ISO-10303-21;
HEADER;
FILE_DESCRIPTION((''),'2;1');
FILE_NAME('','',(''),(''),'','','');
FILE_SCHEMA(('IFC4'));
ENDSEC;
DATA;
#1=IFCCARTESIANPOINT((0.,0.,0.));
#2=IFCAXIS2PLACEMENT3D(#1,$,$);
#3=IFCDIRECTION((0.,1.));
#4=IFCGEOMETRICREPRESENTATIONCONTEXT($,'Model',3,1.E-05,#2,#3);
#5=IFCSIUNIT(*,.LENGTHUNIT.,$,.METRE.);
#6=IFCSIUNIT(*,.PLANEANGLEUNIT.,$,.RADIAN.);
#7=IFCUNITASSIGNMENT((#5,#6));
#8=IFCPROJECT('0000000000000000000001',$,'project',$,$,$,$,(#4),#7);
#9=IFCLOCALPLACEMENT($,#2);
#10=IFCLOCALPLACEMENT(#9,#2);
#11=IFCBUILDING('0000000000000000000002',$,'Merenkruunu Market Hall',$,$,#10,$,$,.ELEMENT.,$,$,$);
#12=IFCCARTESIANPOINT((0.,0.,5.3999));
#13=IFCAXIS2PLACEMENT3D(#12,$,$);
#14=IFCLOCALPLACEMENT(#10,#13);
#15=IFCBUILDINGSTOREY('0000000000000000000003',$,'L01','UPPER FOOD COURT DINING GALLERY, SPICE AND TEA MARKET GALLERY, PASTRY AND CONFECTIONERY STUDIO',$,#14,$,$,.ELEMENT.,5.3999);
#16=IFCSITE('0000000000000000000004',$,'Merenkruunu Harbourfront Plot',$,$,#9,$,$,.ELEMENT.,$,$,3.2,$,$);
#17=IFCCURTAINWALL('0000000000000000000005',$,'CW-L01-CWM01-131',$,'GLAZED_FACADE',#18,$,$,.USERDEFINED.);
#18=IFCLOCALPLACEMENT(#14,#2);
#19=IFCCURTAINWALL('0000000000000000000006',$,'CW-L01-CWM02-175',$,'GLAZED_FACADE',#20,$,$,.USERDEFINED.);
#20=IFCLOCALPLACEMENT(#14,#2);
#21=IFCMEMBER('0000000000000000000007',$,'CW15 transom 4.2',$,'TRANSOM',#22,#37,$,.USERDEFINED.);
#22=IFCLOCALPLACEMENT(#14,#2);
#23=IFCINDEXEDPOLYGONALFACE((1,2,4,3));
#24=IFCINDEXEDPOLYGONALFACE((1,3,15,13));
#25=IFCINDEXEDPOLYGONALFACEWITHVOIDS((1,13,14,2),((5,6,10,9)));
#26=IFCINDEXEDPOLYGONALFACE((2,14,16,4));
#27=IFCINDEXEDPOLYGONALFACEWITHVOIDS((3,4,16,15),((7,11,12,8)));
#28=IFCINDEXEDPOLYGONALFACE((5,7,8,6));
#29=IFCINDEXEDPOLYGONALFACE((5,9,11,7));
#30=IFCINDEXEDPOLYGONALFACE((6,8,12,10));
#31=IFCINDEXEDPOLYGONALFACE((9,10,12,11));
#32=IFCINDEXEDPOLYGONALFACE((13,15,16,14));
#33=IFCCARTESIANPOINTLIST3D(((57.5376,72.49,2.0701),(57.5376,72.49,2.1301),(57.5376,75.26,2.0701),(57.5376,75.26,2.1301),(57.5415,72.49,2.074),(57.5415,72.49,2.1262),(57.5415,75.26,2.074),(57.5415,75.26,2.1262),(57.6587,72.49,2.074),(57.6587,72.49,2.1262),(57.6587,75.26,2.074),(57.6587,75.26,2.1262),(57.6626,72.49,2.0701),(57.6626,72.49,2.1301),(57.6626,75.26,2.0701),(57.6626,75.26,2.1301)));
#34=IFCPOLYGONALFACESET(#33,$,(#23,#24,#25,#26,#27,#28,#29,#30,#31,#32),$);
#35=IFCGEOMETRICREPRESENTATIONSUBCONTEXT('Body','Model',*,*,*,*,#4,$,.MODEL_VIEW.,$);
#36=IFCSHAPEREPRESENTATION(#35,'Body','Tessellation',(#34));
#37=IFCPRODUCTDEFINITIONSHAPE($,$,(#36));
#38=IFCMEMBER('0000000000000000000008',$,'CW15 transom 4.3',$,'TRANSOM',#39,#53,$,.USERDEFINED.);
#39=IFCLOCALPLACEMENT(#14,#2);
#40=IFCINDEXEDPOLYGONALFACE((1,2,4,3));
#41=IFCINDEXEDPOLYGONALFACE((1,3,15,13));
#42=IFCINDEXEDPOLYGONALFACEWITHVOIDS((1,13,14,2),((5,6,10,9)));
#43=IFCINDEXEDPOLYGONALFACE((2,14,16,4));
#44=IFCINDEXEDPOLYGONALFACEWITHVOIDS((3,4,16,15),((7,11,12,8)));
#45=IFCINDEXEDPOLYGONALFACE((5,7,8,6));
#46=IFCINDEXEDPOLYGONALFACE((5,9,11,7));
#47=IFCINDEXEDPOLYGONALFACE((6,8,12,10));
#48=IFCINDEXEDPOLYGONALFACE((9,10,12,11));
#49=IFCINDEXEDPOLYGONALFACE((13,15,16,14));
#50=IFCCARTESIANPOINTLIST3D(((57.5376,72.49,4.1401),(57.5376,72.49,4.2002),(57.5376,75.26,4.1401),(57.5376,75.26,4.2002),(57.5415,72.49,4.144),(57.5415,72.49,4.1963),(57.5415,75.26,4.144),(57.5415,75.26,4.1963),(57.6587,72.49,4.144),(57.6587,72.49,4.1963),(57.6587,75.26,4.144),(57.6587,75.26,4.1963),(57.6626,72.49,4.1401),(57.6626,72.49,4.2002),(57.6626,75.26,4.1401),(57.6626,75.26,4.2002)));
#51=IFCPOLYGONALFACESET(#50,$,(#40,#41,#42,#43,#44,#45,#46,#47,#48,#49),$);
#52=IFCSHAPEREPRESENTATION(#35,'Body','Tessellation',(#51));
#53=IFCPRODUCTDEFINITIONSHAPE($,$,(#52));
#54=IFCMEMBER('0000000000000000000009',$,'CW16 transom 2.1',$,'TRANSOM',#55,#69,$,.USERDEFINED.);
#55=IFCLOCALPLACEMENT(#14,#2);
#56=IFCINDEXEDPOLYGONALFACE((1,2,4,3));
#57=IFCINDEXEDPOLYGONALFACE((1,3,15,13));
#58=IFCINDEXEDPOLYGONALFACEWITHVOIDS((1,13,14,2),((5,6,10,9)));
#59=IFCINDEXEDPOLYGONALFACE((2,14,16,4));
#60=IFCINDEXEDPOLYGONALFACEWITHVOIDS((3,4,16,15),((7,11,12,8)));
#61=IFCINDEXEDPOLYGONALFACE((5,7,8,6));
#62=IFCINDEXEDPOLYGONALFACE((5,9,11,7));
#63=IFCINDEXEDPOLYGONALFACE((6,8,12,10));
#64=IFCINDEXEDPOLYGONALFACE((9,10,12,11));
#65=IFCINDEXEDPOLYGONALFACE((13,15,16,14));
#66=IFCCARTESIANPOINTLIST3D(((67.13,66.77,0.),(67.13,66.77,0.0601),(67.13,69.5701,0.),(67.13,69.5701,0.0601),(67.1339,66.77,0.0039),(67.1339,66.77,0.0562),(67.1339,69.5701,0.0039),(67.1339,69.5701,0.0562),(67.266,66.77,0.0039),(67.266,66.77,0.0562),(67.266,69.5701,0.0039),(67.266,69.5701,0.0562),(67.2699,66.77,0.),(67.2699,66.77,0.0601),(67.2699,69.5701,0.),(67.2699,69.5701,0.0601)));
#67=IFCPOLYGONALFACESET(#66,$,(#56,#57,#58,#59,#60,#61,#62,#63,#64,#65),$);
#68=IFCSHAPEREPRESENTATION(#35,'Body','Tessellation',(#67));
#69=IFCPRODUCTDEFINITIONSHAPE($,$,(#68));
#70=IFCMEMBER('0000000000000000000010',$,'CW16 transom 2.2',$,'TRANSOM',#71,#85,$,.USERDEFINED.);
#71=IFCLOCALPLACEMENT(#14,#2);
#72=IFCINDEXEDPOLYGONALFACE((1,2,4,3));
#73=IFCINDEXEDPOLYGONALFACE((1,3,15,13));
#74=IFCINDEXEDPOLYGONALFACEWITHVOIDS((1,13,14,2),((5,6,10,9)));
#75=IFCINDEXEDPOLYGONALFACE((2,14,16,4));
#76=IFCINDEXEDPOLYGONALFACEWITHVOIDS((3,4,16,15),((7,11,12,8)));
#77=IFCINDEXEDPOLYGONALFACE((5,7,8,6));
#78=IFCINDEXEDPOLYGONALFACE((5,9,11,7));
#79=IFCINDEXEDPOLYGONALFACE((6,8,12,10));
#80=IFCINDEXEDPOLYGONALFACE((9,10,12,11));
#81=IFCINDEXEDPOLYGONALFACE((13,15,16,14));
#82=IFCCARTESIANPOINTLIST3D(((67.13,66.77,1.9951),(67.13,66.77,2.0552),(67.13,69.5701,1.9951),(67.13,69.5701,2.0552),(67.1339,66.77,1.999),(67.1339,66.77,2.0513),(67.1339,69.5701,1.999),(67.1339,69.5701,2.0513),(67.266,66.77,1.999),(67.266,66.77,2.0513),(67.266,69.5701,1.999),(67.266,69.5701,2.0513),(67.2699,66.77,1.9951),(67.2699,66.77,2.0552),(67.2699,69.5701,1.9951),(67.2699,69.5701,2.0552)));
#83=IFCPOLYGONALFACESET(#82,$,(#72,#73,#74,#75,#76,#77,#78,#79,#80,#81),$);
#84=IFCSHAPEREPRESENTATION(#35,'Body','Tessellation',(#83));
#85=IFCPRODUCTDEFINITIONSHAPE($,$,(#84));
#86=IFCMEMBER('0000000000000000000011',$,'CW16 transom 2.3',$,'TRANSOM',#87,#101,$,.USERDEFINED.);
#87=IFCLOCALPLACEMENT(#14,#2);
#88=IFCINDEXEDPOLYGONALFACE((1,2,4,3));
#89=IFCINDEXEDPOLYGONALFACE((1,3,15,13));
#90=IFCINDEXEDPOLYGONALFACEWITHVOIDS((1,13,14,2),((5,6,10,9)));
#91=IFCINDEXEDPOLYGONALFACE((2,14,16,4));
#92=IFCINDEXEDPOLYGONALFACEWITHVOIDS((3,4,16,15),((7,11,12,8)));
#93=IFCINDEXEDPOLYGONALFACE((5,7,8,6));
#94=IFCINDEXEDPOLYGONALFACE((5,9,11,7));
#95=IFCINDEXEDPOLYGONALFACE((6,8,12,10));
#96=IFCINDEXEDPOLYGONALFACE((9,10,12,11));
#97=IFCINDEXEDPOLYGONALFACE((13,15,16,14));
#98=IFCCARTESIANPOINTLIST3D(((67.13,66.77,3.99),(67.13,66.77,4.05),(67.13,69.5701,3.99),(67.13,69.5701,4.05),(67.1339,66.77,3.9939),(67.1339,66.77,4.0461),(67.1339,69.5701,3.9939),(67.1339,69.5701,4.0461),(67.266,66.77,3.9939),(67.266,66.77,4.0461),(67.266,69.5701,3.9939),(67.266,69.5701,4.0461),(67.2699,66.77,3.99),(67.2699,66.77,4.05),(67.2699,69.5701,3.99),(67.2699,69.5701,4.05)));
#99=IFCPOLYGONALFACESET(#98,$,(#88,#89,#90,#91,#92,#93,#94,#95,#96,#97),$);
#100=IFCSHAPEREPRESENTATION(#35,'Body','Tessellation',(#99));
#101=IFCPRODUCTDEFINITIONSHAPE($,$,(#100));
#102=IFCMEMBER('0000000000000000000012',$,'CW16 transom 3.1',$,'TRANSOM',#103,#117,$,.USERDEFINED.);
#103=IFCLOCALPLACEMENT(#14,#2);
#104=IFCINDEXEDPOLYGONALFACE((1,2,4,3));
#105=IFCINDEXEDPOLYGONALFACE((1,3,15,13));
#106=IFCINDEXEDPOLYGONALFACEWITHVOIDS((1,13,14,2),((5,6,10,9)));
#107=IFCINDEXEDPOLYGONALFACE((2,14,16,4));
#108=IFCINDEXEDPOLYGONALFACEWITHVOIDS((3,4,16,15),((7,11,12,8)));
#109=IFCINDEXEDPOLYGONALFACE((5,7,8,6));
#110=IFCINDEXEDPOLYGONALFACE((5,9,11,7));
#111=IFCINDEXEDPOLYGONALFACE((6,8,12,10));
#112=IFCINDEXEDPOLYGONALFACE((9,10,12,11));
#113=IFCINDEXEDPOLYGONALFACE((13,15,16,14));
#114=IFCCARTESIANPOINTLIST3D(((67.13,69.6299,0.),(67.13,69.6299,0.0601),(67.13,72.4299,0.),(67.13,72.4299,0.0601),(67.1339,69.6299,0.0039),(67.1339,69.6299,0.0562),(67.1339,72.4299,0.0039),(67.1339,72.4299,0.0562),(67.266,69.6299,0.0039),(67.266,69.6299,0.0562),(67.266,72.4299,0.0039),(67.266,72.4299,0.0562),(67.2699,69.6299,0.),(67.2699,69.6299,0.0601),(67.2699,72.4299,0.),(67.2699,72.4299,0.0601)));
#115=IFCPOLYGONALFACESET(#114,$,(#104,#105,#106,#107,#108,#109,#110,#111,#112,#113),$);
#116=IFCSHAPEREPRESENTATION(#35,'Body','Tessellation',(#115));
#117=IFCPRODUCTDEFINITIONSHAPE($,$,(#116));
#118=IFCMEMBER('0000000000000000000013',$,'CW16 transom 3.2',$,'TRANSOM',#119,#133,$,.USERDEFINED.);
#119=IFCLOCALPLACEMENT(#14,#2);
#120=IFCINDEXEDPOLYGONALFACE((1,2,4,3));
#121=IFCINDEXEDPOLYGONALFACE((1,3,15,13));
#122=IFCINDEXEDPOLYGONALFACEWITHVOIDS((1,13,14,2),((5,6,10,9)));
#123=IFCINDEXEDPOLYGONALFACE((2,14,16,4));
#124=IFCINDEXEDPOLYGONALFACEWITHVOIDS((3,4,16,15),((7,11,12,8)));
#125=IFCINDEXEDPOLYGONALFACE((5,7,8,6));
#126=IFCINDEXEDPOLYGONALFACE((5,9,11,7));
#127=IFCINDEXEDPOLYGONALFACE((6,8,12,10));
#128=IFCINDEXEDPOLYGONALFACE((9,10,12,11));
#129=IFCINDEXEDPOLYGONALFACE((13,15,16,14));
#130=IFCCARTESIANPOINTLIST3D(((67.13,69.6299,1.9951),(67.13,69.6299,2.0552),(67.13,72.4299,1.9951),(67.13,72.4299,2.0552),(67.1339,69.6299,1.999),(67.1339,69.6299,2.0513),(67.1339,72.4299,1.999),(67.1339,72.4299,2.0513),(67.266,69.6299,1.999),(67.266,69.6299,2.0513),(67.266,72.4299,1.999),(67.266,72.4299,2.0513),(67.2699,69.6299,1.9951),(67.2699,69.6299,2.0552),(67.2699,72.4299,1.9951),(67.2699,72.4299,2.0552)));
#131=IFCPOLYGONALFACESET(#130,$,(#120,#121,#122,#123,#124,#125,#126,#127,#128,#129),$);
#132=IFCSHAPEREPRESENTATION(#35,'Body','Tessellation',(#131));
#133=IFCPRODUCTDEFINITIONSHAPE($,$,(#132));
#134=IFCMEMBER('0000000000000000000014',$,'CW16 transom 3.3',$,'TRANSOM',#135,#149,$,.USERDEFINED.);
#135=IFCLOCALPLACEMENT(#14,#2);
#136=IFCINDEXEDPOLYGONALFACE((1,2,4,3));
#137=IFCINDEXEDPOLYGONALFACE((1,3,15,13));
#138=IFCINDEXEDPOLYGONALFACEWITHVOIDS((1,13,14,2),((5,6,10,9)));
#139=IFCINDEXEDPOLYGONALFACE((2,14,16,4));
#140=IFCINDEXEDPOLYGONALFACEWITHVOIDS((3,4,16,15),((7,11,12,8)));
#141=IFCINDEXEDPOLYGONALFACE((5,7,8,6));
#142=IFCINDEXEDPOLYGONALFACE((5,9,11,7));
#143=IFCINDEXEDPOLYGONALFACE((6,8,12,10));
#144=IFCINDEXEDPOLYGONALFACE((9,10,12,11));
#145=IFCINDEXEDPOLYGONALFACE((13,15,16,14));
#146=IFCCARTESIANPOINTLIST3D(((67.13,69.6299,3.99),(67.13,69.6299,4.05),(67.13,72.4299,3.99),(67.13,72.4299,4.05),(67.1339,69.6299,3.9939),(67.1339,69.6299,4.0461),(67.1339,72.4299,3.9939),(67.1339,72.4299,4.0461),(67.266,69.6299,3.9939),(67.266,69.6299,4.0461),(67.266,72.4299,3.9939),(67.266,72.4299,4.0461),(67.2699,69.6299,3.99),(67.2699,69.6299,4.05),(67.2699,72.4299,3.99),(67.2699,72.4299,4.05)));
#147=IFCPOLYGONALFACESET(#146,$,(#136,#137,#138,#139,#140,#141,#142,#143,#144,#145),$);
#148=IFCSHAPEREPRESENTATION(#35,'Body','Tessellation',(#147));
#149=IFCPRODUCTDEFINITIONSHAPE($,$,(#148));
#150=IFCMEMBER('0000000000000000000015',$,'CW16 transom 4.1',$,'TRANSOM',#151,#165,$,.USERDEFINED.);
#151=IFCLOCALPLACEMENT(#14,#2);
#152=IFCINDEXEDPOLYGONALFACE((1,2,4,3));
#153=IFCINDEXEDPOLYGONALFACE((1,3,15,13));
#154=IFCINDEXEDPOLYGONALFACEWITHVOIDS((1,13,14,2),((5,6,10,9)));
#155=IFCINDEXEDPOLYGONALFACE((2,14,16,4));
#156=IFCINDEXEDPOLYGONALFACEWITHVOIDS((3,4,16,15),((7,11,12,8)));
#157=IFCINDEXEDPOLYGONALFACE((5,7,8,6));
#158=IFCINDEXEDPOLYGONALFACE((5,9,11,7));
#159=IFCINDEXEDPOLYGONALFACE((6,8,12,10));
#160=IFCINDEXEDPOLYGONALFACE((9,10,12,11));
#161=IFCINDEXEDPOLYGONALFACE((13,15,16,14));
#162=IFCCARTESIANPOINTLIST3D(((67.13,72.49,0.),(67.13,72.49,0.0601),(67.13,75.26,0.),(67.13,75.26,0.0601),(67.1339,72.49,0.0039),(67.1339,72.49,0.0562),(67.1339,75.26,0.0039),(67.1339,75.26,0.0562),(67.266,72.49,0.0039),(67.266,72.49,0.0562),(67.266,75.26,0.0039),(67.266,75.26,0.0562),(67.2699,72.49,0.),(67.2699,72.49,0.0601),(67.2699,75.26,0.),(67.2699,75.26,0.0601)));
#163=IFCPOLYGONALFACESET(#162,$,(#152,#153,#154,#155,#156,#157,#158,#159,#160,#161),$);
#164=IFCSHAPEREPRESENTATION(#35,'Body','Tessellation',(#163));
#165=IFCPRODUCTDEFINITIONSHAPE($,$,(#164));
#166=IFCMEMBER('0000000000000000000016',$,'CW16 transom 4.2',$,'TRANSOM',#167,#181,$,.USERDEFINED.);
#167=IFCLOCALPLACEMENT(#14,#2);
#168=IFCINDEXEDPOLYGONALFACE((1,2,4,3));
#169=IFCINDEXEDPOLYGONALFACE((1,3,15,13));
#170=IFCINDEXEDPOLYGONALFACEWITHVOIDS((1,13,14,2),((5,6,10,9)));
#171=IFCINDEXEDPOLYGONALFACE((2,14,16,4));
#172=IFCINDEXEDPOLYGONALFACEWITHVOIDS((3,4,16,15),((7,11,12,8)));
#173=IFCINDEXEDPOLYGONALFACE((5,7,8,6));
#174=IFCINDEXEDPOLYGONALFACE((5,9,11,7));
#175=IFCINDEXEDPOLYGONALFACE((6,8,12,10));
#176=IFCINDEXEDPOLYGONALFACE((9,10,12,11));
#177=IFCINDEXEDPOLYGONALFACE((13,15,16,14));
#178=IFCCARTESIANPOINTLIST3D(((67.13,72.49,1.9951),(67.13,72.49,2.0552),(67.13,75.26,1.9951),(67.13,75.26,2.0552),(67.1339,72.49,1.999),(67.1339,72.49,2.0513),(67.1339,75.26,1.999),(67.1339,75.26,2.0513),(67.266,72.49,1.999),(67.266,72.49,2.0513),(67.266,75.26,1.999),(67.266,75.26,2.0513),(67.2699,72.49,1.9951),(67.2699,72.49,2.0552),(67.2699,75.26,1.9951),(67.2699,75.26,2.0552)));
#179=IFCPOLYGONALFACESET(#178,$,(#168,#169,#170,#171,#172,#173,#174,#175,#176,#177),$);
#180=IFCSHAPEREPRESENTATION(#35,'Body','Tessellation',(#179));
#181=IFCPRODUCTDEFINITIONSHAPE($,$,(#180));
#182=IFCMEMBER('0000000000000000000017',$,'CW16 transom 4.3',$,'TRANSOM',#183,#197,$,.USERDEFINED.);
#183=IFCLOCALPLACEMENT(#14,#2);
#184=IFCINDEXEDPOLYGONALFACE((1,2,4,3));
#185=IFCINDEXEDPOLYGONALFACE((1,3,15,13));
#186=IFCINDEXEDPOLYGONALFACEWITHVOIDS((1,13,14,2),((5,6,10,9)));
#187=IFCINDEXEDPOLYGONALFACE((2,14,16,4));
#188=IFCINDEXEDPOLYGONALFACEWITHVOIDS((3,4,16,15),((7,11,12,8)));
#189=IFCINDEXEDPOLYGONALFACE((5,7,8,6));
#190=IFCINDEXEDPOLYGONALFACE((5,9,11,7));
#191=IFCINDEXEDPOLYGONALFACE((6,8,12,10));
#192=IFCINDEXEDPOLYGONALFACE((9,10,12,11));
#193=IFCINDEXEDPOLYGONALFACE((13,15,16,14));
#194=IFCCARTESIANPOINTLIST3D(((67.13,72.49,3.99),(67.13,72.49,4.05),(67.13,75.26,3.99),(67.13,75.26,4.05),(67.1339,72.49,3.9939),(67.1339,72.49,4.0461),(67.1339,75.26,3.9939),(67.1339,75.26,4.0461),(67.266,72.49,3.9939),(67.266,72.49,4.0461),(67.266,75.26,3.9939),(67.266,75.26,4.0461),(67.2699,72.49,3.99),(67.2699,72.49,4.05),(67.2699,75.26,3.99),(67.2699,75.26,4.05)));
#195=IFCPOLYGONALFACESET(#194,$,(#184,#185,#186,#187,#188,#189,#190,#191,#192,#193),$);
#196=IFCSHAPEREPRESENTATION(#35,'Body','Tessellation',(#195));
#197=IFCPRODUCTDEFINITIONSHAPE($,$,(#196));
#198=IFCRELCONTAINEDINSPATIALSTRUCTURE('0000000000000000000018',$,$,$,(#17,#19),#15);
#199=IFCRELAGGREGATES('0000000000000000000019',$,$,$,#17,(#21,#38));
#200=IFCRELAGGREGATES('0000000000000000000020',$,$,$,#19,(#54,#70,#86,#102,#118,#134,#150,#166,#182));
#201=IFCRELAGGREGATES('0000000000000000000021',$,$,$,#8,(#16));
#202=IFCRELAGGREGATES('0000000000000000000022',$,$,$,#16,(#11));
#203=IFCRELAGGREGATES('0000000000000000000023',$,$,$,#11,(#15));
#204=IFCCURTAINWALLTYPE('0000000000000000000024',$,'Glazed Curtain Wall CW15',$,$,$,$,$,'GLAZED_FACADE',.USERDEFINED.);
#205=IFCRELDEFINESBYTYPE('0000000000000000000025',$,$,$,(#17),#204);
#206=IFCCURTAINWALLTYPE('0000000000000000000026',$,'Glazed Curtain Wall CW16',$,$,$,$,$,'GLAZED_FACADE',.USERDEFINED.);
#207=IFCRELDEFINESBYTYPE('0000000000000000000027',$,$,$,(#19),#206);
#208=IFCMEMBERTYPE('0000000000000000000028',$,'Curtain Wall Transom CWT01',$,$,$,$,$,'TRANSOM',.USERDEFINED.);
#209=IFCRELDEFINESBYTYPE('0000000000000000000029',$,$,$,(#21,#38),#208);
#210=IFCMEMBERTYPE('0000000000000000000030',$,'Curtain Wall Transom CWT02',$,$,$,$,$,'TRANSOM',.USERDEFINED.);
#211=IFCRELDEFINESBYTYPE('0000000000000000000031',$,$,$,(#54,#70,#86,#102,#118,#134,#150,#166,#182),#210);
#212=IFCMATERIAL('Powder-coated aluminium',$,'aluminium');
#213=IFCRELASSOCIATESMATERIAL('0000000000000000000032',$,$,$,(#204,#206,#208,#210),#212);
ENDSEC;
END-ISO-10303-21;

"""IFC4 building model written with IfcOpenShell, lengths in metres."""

from ifc_helpers import new_model, si_unit, direction, frame, origin, origin_2d, place, context, subcontext, project, spatial, hollow_rectangle, extrude, material, material_profile, profile_set, type_object, element, aggregate, save


model = new_model("IFC4")

# Units and contexts
model_context = context("Model", 3, precision=1e-05, world=origin(), true_north=direction((0.0, 1.0)))
body_context = subcontext(model_context, "Body", "Model", "MODEL_VIEW")
ifc_project = project(units=[si_unit("LENGTHUNIT", "METRE"), si_unit("PLANEANGLEUNIT", "RADIAN")], contexts=[model_context])

# Site, building, storey
site_placement = place(None, origin())
site = spatial("IfcSite", under=ifc_project, at=site_placement, Name="Merenkruunu Harbourfront Plot", CompositionType="ELEMENT", RefElevation=3.2)
building_placement = place(site_placement, origin())
building = spatial("IfcBuilding", under=site, at=building_placement, Name="Merenkruunu Market Hall", CompositionType="ELEMENT")
storey_placement = place(building_placement, frame((0.0, 0.0, 5.3999)))
storey = spatial("IfcBuildingStorey", under=building, at=storey_placement, Name="L01", Description="UPPER FOOD COURT DINING GALLERY, SPICE AND TEA MARKET GALLERY, PASTRY AND CONFECTIONERY STUDIO", CompositionType="ELEMENT", Elevation=5.3999)

# Curtain walls
ifc_material_1 = material(Name="Powder-coated aluminium", Category="aluminium")
curtain_wall_type_1 = type_object("IfcCurtainWallType", Name="Glazed Curtain Wall CW15", ElementType="GLAZED_FACADE", PredefinedType="USERDEFINED", material=ifc_material_1)
curtain_wall_1_placement = place(storey_placement, origin())
curtain_wall_1 = element("IfcCurtainWall", 1, at=curtain_wall_1_placement, inside=storey, type_object=curtain_wall_type_1, Name="CW-L01-CWM01-131", ObjectType="GLAZED_FACADE", PredefinedType="USERDEFINED")
curtain_wall_type_2 = type_object("IfcCurtainWallType", Name="Glazed Curtain Wall CW16", ElementType="GLAZED_FACADE", PredefinedType="USERDEFINED", material=ifc_material_1)
curtain_wall_2_placement = place(storey_placement, origin())
curtain_wall_2 = element("IfcCurtainWall", 2, at=curtain_wall_2_placement, inside=storey, type_object=curtain_wall_type_2, Name="CW-L01-CWM02-175", ObjectType="GLAZED_FACADE", PredefinedType="USERDEFINED")

# Members
ifc_material_profile_1 = material_profile(ifc_material_1, hollow_rectangle(XDim=0.0601, YDim=0.125, WallThickness=0.0039, at=origin_2d()), Name="ALU 60x125x4")
ifc_profile_set_1 = profile_set([ifc_material_profile_1], Name="Powder-coated aluminium")
member_type_1 = type_object("IfcMemberType", Name="Curtain Wall Transom CWT01", ElementType="TRANSOM", PredefinedType="USERDEFINED", material=ifc_profile_set_1)
member_1_placement = place(storey_placement, frame((57.6001, 72.49, 2.1001), z_axis=(0.0, 1.0, 0.0), x_axis=(0.0, 0.0, 1.0)))
member_1 = element("IfcMember", 3, at=member_1_placement, type_object=member_type_1, Name="CW15 transom 4.2", ObjectType="TRANSOM", PredefinedType="USERDEFINED", context=body_context, shape_type="SweptSolid", body=[
    extrude(hollow_rectangle(XDim=0.0601, YDim=0.125, WallThickness=0.0039, at=origin_2d()), origin(), (0.0, 0.0, 1.0), 2.77),
])
member_2_placement = place(storey_placement, frame((57.6001, 72.49, 4.1702), z_axis=(0.0, 1.0, 0.0), x_axis=(0.0, 0.0, 1.0)))
member_2 = element("IfcMember", 4, at=member_2_placement, type_object=member_type_1, Name="CW15 transom 4.3", ObjectType="TRANSOM", PredefinedType="USERDEFINED", context=body_context, shape_type="SweptSolid", body=[
    extrude(hollow_rectangle(XDim=0.0601, YDim=0.125, WallThickness=0.0039, at=origin_2d()), origin(), (0.0, 0.0, 1.0), 2.77),
])
ifc_material_profile_2 = material_profile(ifc_material_1, hollow_rectangle(XDim=0.0601, YDim=0.1399, WallThickness=0.0039, at=origin_2d()), Name="ALU 60x140x4")
ifc_profile_set_2 = profile_set([ifc_material_profile_2], Name="Powder-coated aluminium")
member_type_2 = type_object("IfcMemberType", Name="Curtain Wall Transom CWT02", ElementType="TRANSOM", PredefinedType="USERDEFINED", material=ifc_profile_set_2)
member_3_placement = place(storey_placement, frame((67.2, 66.77, 0.03), z_axis=(0.0, 1.0, 0.0), x_axis=(0.0, 0.0, 1.0)))
member_3 = element("IfcMember", 5, at=member_3_placement, type_object=member_type_2, Name="CW16 transom 2.1", ObjectType="TRANSOM", PredefinedType="USERDEFINED", context=body_context, shape_type="SweptSolid", body=[
    extrude(hollow_rectangle(XDim=0.0601, YDim=0.1399, WallThickness=0.0039, at=origin_2d()), origin(), (0.0, 0.0, 1.0), 2.8),
])
member_4_placement = place(storey_placement, frame((67.2, 66.77, 2.0251), z_axis=(0.0, 1.0, 0.0), x_axis=(0.0, 0.0, 1.0)))
member_4 = element("IfcMember", 6, at=member_4_placement, type_object=member_type_2, Name="CW16 transom 2.2", ObjectType="TRANSOM", PredefinedType="USERDEFINED", context=body_context, shape_type="SweptSolid", body=[
    extrude(hollow_rectangle(XDim=0.0601, YDim=0.1399, WallThickness=0.0039, at=origin_2d()), origin(), (0.0, 0.0, 1.0), 2.8),
])
member_5_placement = place(storey_placement, frame((67.2, 66.77, 4.02), z_axis=(0.0, 1.0, 0.0), x_axis=(0.0, 0.0, 1.0)))
member_5 = element("IfcMember", 7, at=member_5_placement, type_object=member_type_2, Name="CW16 transom 2.3", ObjectType="TRANSOM", PredefinedType="USERDEFINED", context=body_context, shape_type="SweptSolid", body=[
    extrude(hollow_rectangle(XDim=0.0601, YDim=0.1399, WallThickness=0.0039, at=origin_2d()), origin(), (0.0, 0.0, 1.0), 2.8),
])
member_6_placement = place(storey_placement, frame((67.2, 69.6299, 0.03), z_axis=(0.0, 1.0, 0.0), x_axis=(0.0, 0.0, 1.0)))
member_6 = element("IfcMember", 8, at=member_6_placement, type_object=member_type_2, Name="CW16 transom 3.1", ObjectType="TRANSOM", PredefinedType="USERDEFINED", context=body_context, shape_type="SweptSolid", body=[
    extrude(hollow_rectangle(XDim=0.0601, YDim=0.1399, WallThickness=0.0039, at=origin_2d()), origin(), (0.0, 0.0, 1.0), 2.8),
])
member_7_placement = place(storey_placement, frame((67.2, 69.6299, 2.0251), z_axis=(0.0, 1.0, 0.0), x_axis=(0.0, 0.0, 1.0)))
member_7 = element("IfcMember", 9, at=member_7_placement, type_object=member_type_2, Name="CW16 transom 3.2", ObjectType="TRANSOM", PredefinedType="USERDEFINED", context=body_context, shape_type="SweptSolid", body=[
    extrude(hollow_rectangle(XDim=0.0601, YDim=0.1399, WallThickness=0.0039, at=origin_2d()), origin(), (0.0, 0.0, 1.0), 2.8),
])
member_8_placement = place(storey_placement, frame((67.2, 69.6299, 4.02), z_axis=(0.0, 1.0, 0.0), x_axis=(0.0, 0.0, 1.0)))
member_8 = element("IfcMember", 10, at=member_8_placement, type_object=member_type_2, Name="CW16 transom 3.3", ObjectType="TRANSOM", PredefinedType="USERDEFINED", context=body_context, shape_type="SweptSolid", body=[
    extrude(hollow_rectangle(XDim=0.0601, YDim=0.1399, WallThickness=0.0039, at=origin_2d()), origin(), (0.0, 0.0, 1.0), 2.8),
])
member_9_placement = place(storey_placement, frame((67.2, 72.49, 0.03), z_axis=(0.0, 1.0, 0.0), x_axis=(0.0, 0.0, 1.0)))
member_9 = element("IfcMember", 11, at=member_9_placement, type_object=member_type_2, Name="CW16 transom 4.1", ObjectType="TRANSOM", PredefinedType="USERDEFINED", context=body_context, shape_type="SweptSolid", body=[
    extrude(hollow_rectangle(XDim=0.0601, YDim=0.1399, WallThickness=0.0039, at=origin_2d()), origin(), (0.0, 0.0, 1.0), 2.77),
])
member_10_placement = place(storey_placement, frame((67.2, 72.49, 2.0251), z_axis=(0.0, 1.0, 0.0), x_axis=(0.0, 0.0, 1.0)))
member_10 = element("IfcMember", 12, at=member_10_placement, type_object=member_type_2, Name="CW16 transom 4.2", ObjectType="TRANSOM", PredefinedType="USERDEFINED", context=body_context, shape_type="SweptSolid", body=[
    extrude(hollow_rectangle(XDim=0.0601, YDim=0.1399, WallThickness=0.0039, at=origin_2d()), origin(), (0.0, 0.0, 1.0), 2.77),
])
member_11_placement = place(storey_placement, frame((67.2, 72.49, 4.02), z_axis=(0.0, 1.0, 0.0), x_axis=(0.0, 0.0, 1.0)))
member_11 = element("IfcMember", 13, at=member_11_placement, type_object=member_type_2, Name="CW16 transom 4.3", ObjectType="TRANSOM", PredefinedType="USERDEFINED", context=body_context, shape_type="SweptSolid", body=[
    extrude(hollow_rectangle(XDim=0.0601, YDim=0.1399, WallThickness=0.0039, at=origin_2d()), origin(), (0.0, 0.0, 1.0), 2.77),
])

aggregate(curtain_wall_1, [member_1, member_2])
aggregate(curtain_wall_2, [member_3, member_4, member_5, member_6, member_7, member_8, member_9, member_10, member_11])

save(model, "model.ifc")
